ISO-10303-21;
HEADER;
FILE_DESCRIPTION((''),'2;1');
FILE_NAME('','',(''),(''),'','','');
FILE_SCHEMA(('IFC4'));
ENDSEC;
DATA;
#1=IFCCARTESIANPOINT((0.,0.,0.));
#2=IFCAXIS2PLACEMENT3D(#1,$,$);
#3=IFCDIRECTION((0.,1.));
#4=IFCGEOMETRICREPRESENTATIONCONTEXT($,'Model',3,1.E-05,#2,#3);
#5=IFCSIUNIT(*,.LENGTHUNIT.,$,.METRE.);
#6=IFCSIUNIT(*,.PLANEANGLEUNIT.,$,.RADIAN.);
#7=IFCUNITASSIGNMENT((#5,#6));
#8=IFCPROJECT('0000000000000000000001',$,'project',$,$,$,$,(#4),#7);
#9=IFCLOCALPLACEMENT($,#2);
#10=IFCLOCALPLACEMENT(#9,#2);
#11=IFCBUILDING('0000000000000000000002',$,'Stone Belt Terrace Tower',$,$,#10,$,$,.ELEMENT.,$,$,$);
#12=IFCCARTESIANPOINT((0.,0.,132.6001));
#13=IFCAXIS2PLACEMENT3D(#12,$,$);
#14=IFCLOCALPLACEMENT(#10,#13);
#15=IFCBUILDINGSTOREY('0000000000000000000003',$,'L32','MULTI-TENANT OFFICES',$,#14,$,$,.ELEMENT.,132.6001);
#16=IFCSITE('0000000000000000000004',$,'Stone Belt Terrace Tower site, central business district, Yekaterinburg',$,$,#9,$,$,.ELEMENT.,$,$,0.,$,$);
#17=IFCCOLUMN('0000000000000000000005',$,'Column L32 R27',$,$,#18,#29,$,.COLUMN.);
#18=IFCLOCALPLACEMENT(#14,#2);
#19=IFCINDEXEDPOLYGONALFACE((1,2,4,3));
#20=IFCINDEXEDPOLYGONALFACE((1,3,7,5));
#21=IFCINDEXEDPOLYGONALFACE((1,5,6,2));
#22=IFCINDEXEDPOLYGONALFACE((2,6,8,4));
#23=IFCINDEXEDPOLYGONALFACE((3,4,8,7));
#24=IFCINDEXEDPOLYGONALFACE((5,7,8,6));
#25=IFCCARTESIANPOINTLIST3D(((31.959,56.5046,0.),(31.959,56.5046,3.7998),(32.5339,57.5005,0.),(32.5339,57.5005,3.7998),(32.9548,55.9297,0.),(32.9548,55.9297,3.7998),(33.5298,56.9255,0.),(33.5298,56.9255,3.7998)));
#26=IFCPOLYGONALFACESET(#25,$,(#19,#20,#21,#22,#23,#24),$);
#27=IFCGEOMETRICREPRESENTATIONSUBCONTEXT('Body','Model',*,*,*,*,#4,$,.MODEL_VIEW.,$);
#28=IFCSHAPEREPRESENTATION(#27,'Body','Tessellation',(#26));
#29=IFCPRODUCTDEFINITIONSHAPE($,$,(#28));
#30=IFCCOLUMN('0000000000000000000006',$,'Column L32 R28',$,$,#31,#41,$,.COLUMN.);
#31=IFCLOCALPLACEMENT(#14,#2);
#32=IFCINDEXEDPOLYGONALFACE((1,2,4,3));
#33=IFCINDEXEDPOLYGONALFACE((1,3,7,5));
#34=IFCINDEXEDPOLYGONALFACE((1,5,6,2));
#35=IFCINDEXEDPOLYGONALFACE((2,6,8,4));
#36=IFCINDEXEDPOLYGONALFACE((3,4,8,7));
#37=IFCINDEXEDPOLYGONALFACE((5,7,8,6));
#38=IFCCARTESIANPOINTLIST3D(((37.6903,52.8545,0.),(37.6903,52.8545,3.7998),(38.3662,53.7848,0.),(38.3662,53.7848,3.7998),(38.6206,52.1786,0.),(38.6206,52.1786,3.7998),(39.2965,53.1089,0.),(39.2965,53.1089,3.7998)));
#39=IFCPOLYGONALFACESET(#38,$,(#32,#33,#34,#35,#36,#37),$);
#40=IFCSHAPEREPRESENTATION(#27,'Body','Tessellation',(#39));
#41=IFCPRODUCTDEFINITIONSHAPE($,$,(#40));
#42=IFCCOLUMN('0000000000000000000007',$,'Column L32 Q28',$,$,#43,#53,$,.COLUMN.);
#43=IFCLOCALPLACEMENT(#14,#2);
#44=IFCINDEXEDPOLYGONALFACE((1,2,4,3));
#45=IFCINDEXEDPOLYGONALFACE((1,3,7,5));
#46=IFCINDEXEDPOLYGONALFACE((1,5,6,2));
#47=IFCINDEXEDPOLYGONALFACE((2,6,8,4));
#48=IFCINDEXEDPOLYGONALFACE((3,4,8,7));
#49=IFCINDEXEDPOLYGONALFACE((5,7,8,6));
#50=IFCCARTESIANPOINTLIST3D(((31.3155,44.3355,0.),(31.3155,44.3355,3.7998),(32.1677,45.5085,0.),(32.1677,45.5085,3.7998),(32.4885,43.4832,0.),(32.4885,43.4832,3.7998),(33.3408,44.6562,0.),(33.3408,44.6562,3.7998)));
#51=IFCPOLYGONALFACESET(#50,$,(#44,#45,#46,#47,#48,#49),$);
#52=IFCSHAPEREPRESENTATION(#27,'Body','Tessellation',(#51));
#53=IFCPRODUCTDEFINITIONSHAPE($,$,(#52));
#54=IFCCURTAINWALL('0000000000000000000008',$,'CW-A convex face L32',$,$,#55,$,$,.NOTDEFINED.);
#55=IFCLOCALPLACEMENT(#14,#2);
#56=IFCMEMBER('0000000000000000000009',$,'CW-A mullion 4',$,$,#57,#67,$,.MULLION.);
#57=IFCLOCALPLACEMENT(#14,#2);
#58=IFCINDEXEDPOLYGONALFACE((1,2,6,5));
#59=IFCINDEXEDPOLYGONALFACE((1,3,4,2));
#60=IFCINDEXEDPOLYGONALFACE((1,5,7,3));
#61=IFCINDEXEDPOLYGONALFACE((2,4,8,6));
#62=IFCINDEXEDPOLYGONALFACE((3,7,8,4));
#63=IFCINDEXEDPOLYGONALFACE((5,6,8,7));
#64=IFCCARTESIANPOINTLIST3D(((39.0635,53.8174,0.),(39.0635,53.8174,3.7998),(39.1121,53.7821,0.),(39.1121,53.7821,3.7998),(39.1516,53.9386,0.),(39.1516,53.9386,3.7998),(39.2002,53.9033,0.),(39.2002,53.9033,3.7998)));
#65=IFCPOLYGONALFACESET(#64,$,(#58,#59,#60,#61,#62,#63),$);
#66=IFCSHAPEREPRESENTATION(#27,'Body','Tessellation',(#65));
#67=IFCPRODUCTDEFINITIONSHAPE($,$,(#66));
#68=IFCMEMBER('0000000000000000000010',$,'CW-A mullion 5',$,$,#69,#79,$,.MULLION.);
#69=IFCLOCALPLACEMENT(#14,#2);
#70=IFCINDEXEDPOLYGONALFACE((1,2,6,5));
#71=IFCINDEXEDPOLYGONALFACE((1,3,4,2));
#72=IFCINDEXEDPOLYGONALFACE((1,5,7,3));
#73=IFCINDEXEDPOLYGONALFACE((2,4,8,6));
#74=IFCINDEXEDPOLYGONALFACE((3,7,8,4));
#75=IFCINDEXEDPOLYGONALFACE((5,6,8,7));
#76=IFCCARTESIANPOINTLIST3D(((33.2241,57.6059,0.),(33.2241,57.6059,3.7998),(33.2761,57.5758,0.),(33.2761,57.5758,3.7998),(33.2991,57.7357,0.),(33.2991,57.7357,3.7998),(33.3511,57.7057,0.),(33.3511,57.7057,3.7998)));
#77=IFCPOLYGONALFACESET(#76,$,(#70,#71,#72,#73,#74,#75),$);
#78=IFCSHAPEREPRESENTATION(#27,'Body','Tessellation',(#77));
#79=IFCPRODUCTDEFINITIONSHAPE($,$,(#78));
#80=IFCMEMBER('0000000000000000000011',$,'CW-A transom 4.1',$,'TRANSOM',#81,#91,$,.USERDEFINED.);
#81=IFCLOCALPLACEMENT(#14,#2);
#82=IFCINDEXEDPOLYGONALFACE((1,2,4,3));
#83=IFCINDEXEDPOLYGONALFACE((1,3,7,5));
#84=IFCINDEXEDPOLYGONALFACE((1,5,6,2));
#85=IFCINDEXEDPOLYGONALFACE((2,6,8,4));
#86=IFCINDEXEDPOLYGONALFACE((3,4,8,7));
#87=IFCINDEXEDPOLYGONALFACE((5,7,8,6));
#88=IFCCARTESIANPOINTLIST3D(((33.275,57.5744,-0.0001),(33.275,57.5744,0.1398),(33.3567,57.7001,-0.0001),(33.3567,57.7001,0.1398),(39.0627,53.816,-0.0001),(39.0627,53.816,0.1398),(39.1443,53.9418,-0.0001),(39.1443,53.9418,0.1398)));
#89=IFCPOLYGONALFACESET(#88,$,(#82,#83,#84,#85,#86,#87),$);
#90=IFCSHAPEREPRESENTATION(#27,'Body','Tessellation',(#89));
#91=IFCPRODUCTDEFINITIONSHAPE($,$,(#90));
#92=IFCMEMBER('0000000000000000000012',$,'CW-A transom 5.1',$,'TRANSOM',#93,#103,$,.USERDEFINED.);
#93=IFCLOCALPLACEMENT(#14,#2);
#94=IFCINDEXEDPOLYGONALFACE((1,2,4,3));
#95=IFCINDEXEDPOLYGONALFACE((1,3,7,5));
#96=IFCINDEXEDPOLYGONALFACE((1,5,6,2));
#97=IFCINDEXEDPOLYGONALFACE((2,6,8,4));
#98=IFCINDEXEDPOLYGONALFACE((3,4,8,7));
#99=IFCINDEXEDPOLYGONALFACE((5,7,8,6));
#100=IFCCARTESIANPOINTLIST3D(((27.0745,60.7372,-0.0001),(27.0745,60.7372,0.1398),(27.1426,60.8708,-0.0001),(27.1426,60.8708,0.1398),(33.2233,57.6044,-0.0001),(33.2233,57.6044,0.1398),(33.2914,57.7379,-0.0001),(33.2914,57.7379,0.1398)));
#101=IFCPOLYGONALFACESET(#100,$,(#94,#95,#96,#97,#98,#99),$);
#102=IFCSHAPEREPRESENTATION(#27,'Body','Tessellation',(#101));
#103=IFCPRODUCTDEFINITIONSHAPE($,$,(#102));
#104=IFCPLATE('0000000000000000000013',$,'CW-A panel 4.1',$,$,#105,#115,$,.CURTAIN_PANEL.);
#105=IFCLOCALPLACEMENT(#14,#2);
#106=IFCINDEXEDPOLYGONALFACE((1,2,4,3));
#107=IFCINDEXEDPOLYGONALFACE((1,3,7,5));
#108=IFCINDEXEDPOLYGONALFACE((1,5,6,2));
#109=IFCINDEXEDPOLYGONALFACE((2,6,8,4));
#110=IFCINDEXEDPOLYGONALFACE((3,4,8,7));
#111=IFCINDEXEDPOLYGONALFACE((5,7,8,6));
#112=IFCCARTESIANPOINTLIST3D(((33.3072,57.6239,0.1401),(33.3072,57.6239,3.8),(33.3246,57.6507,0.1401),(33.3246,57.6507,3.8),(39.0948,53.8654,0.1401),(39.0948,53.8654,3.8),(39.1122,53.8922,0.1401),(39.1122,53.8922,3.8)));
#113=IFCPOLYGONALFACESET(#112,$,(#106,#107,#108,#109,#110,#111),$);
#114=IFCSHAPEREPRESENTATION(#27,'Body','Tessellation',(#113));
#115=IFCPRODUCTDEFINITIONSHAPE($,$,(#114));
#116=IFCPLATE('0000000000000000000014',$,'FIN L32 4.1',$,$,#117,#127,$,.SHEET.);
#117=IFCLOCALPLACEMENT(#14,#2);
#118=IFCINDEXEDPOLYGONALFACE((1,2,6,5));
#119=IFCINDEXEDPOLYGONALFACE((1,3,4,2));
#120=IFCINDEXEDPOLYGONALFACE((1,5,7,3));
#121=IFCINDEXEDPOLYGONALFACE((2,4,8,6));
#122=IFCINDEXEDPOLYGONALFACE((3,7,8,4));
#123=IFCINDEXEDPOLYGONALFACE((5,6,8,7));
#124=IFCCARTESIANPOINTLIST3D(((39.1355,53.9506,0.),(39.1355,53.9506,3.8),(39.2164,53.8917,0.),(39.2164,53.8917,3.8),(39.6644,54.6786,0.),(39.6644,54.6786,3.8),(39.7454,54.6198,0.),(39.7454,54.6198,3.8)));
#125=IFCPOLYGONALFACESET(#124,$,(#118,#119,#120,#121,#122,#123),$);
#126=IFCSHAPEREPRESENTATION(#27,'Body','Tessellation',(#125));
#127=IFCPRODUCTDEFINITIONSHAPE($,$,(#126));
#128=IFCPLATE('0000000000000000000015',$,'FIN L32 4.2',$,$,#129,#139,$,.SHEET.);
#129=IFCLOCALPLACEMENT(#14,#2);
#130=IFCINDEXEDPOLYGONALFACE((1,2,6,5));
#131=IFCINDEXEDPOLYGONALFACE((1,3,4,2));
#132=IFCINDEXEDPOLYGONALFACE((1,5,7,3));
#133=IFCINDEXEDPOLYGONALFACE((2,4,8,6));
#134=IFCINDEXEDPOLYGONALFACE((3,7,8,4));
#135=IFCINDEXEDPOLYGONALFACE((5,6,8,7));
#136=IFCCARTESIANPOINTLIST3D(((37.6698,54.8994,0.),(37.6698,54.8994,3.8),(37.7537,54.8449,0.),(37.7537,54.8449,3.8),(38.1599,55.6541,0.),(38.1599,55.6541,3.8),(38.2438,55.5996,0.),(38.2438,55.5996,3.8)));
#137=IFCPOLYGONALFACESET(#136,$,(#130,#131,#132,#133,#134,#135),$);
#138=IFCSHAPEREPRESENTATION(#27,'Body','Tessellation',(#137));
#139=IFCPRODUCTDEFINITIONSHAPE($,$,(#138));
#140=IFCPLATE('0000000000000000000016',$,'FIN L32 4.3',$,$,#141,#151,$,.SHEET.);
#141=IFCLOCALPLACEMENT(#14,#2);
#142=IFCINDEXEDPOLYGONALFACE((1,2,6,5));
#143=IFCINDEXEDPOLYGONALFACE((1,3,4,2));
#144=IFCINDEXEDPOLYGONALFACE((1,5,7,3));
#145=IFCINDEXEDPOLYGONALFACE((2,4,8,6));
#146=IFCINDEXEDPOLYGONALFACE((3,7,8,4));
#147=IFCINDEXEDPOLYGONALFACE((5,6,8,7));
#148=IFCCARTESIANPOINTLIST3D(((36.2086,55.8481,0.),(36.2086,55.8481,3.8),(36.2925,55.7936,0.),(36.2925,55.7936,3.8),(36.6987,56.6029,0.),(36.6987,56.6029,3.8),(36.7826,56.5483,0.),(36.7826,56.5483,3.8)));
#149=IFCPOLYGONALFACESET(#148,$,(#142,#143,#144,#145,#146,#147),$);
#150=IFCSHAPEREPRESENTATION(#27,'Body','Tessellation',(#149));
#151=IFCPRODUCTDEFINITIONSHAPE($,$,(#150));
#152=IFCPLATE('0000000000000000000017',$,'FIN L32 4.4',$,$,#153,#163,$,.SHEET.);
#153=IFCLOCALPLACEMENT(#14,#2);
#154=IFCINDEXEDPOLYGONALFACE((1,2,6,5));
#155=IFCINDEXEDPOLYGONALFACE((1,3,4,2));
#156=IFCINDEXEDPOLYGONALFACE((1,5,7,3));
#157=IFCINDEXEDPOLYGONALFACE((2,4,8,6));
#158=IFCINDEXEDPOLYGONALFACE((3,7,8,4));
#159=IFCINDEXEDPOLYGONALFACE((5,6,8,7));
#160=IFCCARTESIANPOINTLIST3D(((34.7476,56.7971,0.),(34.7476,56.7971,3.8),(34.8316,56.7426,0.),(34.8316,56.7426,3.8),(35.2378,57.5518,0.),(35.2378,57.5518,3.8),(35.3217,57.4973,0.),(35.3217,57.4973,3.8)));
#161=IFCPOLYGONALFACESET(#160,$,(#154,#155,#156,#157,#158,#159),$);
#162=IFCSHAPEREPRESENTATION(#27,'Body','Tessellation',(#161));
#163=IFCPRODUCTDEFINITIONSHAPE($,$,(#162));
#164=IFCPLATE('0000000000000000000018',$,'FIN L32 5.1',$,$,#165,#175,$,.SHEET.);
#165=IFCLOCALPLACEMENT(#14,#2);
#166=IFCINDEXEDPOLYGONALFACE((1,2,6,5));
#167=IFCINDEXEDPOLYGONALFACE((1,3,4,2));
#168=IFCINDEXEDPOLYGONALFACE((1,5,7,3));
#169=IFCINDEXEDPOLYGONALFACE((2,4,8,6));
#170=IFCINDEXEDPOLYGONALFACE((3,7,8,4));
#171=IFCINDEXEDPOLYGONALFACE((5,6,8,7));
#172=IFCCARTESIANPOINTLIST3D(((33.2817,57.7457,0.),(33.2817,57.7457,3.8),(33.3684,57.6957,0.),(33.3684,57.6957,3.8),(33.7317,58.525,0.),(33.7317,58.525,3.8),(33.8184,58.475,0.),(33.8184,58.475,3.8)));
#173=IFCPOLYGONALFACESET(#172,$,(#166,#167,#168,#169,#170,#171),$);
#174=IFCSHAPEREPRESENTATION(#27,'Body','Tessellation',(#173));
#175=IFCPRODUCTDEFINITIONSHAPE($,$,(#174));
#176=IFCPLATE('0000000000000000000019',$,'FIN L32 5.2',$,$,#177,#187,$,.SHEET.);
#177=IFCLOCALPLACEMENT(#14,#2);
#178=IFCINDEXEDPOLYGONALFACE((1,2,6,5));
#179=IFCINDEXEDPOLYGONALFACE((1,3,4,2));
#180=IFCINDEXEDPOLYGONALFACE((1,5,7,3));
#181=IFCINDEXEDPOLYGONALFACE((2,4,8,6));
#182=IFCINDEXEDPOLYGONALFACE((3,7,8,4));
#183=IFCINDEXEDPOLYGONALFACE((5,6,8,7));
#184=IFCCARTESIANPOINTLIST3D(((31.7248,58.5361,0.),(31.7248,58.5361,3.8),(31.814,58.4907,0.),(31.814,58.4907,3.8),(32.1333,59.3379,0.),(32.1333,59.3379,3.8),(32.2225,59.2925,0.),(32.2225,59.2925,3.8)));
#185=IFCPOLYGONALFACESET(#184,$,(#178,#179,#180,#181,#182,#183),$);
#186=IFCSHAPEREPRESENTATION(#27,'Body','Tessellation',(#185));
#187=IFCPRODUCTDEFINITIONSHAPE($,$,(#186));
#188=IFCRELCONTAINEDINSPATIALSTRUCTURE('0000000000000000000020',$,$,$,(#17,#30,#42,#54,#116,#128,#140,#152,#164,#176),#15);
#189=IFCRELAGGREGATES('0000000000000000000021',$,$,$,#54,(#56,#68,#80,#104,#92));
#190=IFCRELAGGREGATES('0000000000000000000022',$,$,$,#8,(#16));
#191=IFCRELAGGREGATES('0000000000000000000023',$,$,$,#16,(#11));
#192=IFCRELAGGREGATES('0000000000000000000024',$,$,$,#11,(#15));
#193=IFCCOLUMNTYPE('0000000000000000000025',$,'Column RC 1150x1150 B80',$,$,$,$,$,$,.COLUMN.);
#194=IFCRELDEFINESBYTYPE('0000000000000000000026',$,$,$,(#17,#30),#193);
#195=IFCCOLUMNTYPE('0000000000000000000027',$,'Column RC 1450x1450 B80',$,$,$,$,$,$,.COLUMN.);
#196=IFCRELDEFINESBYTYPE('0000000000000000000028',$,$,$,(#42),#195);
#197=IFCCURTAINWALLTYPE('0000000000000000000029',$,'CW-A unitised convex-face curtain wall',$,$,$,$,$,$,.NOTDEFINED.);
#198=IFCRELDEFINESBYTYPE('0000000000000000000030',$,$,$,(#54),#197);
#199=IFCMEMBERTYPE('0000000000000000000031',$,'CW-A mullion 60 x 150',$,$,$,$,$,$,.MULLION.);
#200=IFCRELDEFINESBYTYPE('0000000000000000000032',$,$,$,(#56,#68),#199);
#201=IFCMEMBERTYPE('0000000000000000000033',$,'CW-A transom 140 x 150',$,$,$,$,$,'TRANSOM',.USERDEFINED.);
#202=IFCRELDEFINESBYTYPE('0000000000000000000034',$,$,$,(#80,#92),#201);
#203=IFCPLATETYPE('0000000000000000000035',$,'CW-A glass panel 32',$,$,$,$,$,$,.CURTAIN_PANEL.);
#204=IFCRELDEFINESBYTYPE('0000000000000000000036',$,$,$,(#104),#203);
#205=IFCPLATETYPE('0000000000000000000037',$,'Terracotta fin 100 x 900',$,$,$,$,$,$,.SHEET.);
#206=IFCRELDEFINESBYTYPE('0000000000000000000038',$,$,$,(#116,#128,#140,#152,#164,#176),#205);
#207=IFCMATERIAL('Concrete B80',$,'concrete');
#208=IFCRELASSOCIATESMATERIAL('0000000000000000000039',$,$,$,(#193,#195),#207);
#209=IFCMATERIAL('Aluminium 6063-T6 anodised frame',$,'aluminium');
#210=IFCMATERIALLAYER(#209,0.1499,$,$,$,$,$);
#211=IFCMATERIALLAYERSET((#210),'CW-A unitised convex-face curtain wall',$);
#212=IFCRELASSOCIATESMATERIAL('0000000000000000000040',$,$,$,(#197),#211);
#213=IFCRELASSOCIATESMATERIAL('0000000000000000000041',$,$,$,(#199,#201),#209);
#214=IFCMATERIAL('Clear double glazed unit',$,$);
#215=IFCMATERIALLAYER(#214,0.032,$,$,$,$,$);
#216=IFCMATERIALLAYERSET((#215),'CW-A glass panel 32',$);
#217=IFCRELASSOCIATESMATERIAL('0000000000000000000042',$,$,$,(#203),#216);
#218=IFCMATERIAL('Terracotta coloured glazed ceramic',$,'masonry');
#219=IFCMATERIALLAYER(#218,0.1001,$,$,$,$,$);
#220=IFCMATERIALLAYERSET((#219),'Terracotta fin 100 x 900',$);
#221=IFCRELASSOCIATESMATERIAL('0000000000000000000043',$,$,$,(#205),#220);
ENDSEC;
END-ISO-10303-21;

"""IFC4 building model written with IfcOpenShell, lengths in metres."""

from ifc_helpers import new_model, si_unit, direction, frame, origin, origin_2d, place, context, subcontext, project, spatial, rectangle, extrude, material, layer, layer_set, material_profile, profile_set, type_object, element, aggregate, save


model = new_model("IFC4")

# Units and contexts
model_context = context("Model", 3, precision=1e-05, world=origin(), true_north=direction((0.0, 1.0)))
body_context = subcontext(model_context, "Body", "Model", "MODEL_VIEW")
ifc_project = project(units=[si_unit("LENGTHUNIT", "METRE"), si_unit("PLANEANGLEUNIT", "RADIAN")], contexts=[model_context])

# Site, building, storey
site_placement = place(None, origin())
site = spatial("IfcSite", under=ifc_project, at=site_placement, Name="Stone Belt Terrace Tower site, central business district, Yekaterinburg", CompositionType="ELEMENT", RefElevation=0.0)
building_placement = place(site_placement, origin())
building = spatial("IfcBuilding", under=site, at=building_placement, Name="Stone Belt Terrace Tower", CompositionType="ELEMENT")
storey_placement = place(building_placement, frame((0.0, 0.0, 132.6001)))
storey = spatial("IfcBuildingStorey", under=building, at=storey_placement, Name="L32", Description="MULTI-TENANT OFFICES", CompositionType="ELEMENT", Elevation=132.6001)

# Columns
ifc_material_1 = material(Name="Concrete B80", Category="concrete")
ifc_material_profile_1 = material_profile(ifc_material_1, rectangle(XDim=1.1499, YDim=1.1499, at=origin_2d()), Name="RC 1150x1150")
ifc_profile_set_1 = profile_set([ifc_material_profile_1], Name="Concrete B80")
column_type_1 = type_object("IfcColumnType", Name="Column RC 1150x1150 B80", PredefinedType="COLUMN", material=ifc_profile_set_1)
for number, where, z_axis, x_axis, name in (
    (1, (32.7444, 56.7151, 0.0), (0.0, 0.0, 1.0), (0.866025, -0.5, 0.0), "Column L32 R27"),
    (2, (38.4934, 52.9817, 0.0), (0.0, 0.0, 1.0), (0.809017, -0.587785, 0.0), "Column L32 R28"),
):
    element("IfcColumn", number, at=place(storey_placement, frame(where, z_axis=z_axis, x_axis=x_axis)), inside=storey, type_object=column_type_1, Name=name, PredefinedType="COLUMN", context=body_context, shape_type="SweptSolid", body=[
        extrude(rectangle(XDim=1.1499, YDim=1.1499, at=origin_2d()), origin(), (0.0, 0.0, 1.0), 3.7998),
    ])
ifc_material_profile_2 = material_profile(ifc_material_1, rectangle(XDim=1.45, YDim=1.45, at=origin_2d()), Name="RC 1450x1450")
ifc_profile_set_2 = profile_set([ifc_material_profile_2], Name="Concrete B80")
column_type_2 = type_object("IfcColumnType", Name="Column RC 1450x1450 B80", PredefinedType="COLUMN", material=ifc_profile_set_2)
column_placement = place(storey_placement, frame((32.3281, 44.4958, 0.0), z_axis=(0.0, 0.0, 1.0), x_axis=(0.809017, -0.587785, 0.0)))
element("IfcColumn", 3, at=column_placement, inside=storey, type_object=column_type_2, Name="Column L32 Q28", PredefinedType="COLUMN", context=body_context, shape_type="SweptSolid", body=[
    extrude(rectangle(XDim=1.45, YDim=1.45, at=origin_2d()), origin(), (0.0, 0.0, 1.0), 3.7998),
])

# Curtain wall, members, plate
ifc_material_2 = material(Name="Aluminium 6063-T6 anodised frame", Category="aluminium")
ifc_layer_1 = layer(ifc_material_2, 0.1499)
ifc_layer_set_1 = layer_set([ifc_layer_1], Name="CW-A unitised convex-face curtain wall")
curtain_wall_type = type_object("IfcCurtainWallType", Name="CW-A unitised convex-face curtain wall", PredefinedType="NOTDEFINED", material=ifc_layer_set_1)
curtain_wall_placement = place(storey_placement, origin())
curtain_wall = element("IfcCurtainWall", 4, at=curtain_wall_placement, inside=storey, type_object=curtain_wall_type, Name="CW-A convex face L32", PredefinedType="NOTDEFINED")
ifc_material_profile_3 = material_profile(ifc_material_2, rectangle(XDim=0.1499, YDim=0.0601, at=origin_2d()), Name="Aluminium 6063-T6 60x150")
ifc_profile_set_3 = profile_set([ifc_material_profile_3], Name="Aluminium 6063-T6 anodised frame")
member_type_1 = type_object("IfcMemberType", Name="CW-A mullion 60 x 150", PredefinedType="MULLION", material=ifc_profile_set_3)
member_1_placement = place(storey_placement, frame((39.1318, 53.8604, 0.0), z_axis=(0.0, 0.0, 1.0), x_axis=(-0.587785, -0.809017, 0.0)))
member_1 = element("IfcMember", 5, at=member_1_placement, type_object=member_type_1, Name="CW-A mullion 4", PredefinedType="MULLION", context=body_context, shape_type="SweptSolid", body=[
    extrude(rectangle(XDim=0.1499, YDim=0.0601, at=origin_2d()), origin(), (0.0, 0.0, 1.0), 3.7998),
])
member_2_placement = place(storey_placement, frame((33.2876, 57.6558, 0.0), z_axis=(0.0, 0.0, 1.0), x_axis=(-0.5, -0.866025, 0.0)))
member_2 = element("IfcMember", 6, at=member_2_placement, type_object=member_type_1, Name="CW-A mullion 5", PredefinedType="MULLION", context=body_context, shape_type="SweptSolid", body=[
    extrude(rectangle(XDim=0.1499, YDim=0.0601, at=origin_2d()), origin(), (0.0, 0.0, 1.0), 3.7998),
])
ifc_material_profile_4 = material_profile(ifc_material_2, rectangle(XDim=0.1499, YDim=0.1399, at=origin_2d()), Name="Aluminium 6063-T6 150x140")
ifc_profile_set_4 = profile_set([ifc_material_profile_4], Name="Aluminium 6063-T6 anodised frame")
member_type_2 = type_object("IfcMemberType", Name="CW-A transom 140 x 150", ElementType="TRANSOM", PredefinedType="USERDEFINED", material=ifc_profile_set_4)
member_3_placement = place(storey_placement, frame((39.1035, 53.8789, 0.0698), z_axis=(-0.838684, 0.544618, 0.0), x_axis=(-0.544618, -0.838684, 0.0)))
member_3 = element("IfcMember", 7, at=member_3_placement, type_object=member_type_2, Name="CW-A transom 4.1", ObjectType="TRANSOM", PredefinedType="USERDEFINED", context=body_context, shape_type="SweptSolid", body=[
    extrude(rectangle(XDim=0.1499, YDim=0.1399, at=origin_2d()), origin(), (0.0, 0.0, 1.0), 6.9009),
])
member_4_placement = place(storey_placement, frame((33.2573, 57.6711, 0.0698), z_axis=(-0.891012, 0.453979, 0.0), x_axis=(-0.453979, -0.891012, 0.0)))
member_4 = element("IfcMember", 8, at=member_4_placement, type_object=member_type_2, Name="CW-A transom 5.1", ObjectType="TRANSOM", PredefinedType="USERDEFINED", context=body_context, shape_type="SweptSolid", body=[
    extrude(rectangle(XDim=0.1499, YDim=0.1399, at=origin_2d()), origin(), (0.0, 0.0, 1.0), 6.9009),
])
ifc_material_3 = material(Name="Clear double glazed unit")
ifc_layer_2 = layer(ifc_material_3, 0.032)
ifc_layer_set_2 = layer_set([ifc_layer_2], Name="CW-A glass panel 32")
plate_type_1 = type_object("IfcPlateType", Name="CW-A glass panel 32", PredefinedType="CURTAIN_PANEL", material=ifc_layer_set_2)
plate_placement = place(storey_placement, frame((36.2097, 55.7581, 0.1401), z_axis=(0.0, 0.0, 1.0), x_axis=(-0.838671, 0.544639, 0.0)))
plate = element("IfcPlate", 9, at=plate_placement, type_object=plate_type_1, Name="CW-A panel 4.1", PredefinedType="CURTAIN_PANEL", context=body_context, shape_type="SweptSolid", body=[
    extrude(rectangle(XDim=6.9009, YDim=0.032, at=origin_2d()), origin(), (0.0, 0.0, 1.0), 3.6599),
])
aggregate(curtain_wall, [member_1, member_2, member_3, plate, member_4])

# Plates
ifc_material_4 = material(Name="Terracotta coloured glazed ceramic", Category="masonry")
ifc_layer_3 = layer(ifc_material_4, 0.1001)
ifc_layer_set_3 = layer_set([ifc_layer_3], Name="Terracotta fin 100 x 900")
plate_type_2 = type_object("IfcPlateType", Name="Terracotta fin 100 x 900", PredefinedType="SHEET", material=ifc_layer_set_3)
for number, where, z_axis, x_axis, name in (
    (10, (39.4404, 54.2852, 0.0), (0.0, 0.0, 1.0), (0.587785, 0.809017, 0.0), "FIN L32 4.1"),
    (11, (37.9568, 55.2495, 0.0), (0.0, 0.0, 1.0), (0.544639, 0.838671, 0.0), "FIN L32 4.2"),
    (12, (36.4956, 56.1982, 0.0), (0.0, 0.0, 1.0), (0.544639, 0.838671, 0.0), "FIN L32 4.3"),
    (13, (35.0347, 57.1472, 0.0), (0.0, 0.0, 1.0), (0.544639, 0.838671, 0.0), "FIN L32 4.4"),
    (14, (33.55, 58.1104, 0.0), (0.0, 0.0, 1.0), (0.5, 0.866025, 0.0), "FIN L32 5.1"),
    (15, (31.9736, 58.9143, 0.0), (0.0, 0.0, 1.0), (0.45399, 0.891007, 0.0), "FIN L32 5.2"),
):
    element("IfcPlate", number, at=place(storey_placement, frame(where, z_axis=z_axis, x_axis=x_axis)), inside=storey, type_object=plate_type_2, Name=name, PredefinedType="SHEET", context=body_context, shape_type="SweptSolid", body=[
        extrude(rectangle(XDim=0.8999, YDim=0.1001, at=origin_2d()), origin(), (0.0, 0.0, 1.0), 3.8),
    ])

save(model, "model.ifc")
